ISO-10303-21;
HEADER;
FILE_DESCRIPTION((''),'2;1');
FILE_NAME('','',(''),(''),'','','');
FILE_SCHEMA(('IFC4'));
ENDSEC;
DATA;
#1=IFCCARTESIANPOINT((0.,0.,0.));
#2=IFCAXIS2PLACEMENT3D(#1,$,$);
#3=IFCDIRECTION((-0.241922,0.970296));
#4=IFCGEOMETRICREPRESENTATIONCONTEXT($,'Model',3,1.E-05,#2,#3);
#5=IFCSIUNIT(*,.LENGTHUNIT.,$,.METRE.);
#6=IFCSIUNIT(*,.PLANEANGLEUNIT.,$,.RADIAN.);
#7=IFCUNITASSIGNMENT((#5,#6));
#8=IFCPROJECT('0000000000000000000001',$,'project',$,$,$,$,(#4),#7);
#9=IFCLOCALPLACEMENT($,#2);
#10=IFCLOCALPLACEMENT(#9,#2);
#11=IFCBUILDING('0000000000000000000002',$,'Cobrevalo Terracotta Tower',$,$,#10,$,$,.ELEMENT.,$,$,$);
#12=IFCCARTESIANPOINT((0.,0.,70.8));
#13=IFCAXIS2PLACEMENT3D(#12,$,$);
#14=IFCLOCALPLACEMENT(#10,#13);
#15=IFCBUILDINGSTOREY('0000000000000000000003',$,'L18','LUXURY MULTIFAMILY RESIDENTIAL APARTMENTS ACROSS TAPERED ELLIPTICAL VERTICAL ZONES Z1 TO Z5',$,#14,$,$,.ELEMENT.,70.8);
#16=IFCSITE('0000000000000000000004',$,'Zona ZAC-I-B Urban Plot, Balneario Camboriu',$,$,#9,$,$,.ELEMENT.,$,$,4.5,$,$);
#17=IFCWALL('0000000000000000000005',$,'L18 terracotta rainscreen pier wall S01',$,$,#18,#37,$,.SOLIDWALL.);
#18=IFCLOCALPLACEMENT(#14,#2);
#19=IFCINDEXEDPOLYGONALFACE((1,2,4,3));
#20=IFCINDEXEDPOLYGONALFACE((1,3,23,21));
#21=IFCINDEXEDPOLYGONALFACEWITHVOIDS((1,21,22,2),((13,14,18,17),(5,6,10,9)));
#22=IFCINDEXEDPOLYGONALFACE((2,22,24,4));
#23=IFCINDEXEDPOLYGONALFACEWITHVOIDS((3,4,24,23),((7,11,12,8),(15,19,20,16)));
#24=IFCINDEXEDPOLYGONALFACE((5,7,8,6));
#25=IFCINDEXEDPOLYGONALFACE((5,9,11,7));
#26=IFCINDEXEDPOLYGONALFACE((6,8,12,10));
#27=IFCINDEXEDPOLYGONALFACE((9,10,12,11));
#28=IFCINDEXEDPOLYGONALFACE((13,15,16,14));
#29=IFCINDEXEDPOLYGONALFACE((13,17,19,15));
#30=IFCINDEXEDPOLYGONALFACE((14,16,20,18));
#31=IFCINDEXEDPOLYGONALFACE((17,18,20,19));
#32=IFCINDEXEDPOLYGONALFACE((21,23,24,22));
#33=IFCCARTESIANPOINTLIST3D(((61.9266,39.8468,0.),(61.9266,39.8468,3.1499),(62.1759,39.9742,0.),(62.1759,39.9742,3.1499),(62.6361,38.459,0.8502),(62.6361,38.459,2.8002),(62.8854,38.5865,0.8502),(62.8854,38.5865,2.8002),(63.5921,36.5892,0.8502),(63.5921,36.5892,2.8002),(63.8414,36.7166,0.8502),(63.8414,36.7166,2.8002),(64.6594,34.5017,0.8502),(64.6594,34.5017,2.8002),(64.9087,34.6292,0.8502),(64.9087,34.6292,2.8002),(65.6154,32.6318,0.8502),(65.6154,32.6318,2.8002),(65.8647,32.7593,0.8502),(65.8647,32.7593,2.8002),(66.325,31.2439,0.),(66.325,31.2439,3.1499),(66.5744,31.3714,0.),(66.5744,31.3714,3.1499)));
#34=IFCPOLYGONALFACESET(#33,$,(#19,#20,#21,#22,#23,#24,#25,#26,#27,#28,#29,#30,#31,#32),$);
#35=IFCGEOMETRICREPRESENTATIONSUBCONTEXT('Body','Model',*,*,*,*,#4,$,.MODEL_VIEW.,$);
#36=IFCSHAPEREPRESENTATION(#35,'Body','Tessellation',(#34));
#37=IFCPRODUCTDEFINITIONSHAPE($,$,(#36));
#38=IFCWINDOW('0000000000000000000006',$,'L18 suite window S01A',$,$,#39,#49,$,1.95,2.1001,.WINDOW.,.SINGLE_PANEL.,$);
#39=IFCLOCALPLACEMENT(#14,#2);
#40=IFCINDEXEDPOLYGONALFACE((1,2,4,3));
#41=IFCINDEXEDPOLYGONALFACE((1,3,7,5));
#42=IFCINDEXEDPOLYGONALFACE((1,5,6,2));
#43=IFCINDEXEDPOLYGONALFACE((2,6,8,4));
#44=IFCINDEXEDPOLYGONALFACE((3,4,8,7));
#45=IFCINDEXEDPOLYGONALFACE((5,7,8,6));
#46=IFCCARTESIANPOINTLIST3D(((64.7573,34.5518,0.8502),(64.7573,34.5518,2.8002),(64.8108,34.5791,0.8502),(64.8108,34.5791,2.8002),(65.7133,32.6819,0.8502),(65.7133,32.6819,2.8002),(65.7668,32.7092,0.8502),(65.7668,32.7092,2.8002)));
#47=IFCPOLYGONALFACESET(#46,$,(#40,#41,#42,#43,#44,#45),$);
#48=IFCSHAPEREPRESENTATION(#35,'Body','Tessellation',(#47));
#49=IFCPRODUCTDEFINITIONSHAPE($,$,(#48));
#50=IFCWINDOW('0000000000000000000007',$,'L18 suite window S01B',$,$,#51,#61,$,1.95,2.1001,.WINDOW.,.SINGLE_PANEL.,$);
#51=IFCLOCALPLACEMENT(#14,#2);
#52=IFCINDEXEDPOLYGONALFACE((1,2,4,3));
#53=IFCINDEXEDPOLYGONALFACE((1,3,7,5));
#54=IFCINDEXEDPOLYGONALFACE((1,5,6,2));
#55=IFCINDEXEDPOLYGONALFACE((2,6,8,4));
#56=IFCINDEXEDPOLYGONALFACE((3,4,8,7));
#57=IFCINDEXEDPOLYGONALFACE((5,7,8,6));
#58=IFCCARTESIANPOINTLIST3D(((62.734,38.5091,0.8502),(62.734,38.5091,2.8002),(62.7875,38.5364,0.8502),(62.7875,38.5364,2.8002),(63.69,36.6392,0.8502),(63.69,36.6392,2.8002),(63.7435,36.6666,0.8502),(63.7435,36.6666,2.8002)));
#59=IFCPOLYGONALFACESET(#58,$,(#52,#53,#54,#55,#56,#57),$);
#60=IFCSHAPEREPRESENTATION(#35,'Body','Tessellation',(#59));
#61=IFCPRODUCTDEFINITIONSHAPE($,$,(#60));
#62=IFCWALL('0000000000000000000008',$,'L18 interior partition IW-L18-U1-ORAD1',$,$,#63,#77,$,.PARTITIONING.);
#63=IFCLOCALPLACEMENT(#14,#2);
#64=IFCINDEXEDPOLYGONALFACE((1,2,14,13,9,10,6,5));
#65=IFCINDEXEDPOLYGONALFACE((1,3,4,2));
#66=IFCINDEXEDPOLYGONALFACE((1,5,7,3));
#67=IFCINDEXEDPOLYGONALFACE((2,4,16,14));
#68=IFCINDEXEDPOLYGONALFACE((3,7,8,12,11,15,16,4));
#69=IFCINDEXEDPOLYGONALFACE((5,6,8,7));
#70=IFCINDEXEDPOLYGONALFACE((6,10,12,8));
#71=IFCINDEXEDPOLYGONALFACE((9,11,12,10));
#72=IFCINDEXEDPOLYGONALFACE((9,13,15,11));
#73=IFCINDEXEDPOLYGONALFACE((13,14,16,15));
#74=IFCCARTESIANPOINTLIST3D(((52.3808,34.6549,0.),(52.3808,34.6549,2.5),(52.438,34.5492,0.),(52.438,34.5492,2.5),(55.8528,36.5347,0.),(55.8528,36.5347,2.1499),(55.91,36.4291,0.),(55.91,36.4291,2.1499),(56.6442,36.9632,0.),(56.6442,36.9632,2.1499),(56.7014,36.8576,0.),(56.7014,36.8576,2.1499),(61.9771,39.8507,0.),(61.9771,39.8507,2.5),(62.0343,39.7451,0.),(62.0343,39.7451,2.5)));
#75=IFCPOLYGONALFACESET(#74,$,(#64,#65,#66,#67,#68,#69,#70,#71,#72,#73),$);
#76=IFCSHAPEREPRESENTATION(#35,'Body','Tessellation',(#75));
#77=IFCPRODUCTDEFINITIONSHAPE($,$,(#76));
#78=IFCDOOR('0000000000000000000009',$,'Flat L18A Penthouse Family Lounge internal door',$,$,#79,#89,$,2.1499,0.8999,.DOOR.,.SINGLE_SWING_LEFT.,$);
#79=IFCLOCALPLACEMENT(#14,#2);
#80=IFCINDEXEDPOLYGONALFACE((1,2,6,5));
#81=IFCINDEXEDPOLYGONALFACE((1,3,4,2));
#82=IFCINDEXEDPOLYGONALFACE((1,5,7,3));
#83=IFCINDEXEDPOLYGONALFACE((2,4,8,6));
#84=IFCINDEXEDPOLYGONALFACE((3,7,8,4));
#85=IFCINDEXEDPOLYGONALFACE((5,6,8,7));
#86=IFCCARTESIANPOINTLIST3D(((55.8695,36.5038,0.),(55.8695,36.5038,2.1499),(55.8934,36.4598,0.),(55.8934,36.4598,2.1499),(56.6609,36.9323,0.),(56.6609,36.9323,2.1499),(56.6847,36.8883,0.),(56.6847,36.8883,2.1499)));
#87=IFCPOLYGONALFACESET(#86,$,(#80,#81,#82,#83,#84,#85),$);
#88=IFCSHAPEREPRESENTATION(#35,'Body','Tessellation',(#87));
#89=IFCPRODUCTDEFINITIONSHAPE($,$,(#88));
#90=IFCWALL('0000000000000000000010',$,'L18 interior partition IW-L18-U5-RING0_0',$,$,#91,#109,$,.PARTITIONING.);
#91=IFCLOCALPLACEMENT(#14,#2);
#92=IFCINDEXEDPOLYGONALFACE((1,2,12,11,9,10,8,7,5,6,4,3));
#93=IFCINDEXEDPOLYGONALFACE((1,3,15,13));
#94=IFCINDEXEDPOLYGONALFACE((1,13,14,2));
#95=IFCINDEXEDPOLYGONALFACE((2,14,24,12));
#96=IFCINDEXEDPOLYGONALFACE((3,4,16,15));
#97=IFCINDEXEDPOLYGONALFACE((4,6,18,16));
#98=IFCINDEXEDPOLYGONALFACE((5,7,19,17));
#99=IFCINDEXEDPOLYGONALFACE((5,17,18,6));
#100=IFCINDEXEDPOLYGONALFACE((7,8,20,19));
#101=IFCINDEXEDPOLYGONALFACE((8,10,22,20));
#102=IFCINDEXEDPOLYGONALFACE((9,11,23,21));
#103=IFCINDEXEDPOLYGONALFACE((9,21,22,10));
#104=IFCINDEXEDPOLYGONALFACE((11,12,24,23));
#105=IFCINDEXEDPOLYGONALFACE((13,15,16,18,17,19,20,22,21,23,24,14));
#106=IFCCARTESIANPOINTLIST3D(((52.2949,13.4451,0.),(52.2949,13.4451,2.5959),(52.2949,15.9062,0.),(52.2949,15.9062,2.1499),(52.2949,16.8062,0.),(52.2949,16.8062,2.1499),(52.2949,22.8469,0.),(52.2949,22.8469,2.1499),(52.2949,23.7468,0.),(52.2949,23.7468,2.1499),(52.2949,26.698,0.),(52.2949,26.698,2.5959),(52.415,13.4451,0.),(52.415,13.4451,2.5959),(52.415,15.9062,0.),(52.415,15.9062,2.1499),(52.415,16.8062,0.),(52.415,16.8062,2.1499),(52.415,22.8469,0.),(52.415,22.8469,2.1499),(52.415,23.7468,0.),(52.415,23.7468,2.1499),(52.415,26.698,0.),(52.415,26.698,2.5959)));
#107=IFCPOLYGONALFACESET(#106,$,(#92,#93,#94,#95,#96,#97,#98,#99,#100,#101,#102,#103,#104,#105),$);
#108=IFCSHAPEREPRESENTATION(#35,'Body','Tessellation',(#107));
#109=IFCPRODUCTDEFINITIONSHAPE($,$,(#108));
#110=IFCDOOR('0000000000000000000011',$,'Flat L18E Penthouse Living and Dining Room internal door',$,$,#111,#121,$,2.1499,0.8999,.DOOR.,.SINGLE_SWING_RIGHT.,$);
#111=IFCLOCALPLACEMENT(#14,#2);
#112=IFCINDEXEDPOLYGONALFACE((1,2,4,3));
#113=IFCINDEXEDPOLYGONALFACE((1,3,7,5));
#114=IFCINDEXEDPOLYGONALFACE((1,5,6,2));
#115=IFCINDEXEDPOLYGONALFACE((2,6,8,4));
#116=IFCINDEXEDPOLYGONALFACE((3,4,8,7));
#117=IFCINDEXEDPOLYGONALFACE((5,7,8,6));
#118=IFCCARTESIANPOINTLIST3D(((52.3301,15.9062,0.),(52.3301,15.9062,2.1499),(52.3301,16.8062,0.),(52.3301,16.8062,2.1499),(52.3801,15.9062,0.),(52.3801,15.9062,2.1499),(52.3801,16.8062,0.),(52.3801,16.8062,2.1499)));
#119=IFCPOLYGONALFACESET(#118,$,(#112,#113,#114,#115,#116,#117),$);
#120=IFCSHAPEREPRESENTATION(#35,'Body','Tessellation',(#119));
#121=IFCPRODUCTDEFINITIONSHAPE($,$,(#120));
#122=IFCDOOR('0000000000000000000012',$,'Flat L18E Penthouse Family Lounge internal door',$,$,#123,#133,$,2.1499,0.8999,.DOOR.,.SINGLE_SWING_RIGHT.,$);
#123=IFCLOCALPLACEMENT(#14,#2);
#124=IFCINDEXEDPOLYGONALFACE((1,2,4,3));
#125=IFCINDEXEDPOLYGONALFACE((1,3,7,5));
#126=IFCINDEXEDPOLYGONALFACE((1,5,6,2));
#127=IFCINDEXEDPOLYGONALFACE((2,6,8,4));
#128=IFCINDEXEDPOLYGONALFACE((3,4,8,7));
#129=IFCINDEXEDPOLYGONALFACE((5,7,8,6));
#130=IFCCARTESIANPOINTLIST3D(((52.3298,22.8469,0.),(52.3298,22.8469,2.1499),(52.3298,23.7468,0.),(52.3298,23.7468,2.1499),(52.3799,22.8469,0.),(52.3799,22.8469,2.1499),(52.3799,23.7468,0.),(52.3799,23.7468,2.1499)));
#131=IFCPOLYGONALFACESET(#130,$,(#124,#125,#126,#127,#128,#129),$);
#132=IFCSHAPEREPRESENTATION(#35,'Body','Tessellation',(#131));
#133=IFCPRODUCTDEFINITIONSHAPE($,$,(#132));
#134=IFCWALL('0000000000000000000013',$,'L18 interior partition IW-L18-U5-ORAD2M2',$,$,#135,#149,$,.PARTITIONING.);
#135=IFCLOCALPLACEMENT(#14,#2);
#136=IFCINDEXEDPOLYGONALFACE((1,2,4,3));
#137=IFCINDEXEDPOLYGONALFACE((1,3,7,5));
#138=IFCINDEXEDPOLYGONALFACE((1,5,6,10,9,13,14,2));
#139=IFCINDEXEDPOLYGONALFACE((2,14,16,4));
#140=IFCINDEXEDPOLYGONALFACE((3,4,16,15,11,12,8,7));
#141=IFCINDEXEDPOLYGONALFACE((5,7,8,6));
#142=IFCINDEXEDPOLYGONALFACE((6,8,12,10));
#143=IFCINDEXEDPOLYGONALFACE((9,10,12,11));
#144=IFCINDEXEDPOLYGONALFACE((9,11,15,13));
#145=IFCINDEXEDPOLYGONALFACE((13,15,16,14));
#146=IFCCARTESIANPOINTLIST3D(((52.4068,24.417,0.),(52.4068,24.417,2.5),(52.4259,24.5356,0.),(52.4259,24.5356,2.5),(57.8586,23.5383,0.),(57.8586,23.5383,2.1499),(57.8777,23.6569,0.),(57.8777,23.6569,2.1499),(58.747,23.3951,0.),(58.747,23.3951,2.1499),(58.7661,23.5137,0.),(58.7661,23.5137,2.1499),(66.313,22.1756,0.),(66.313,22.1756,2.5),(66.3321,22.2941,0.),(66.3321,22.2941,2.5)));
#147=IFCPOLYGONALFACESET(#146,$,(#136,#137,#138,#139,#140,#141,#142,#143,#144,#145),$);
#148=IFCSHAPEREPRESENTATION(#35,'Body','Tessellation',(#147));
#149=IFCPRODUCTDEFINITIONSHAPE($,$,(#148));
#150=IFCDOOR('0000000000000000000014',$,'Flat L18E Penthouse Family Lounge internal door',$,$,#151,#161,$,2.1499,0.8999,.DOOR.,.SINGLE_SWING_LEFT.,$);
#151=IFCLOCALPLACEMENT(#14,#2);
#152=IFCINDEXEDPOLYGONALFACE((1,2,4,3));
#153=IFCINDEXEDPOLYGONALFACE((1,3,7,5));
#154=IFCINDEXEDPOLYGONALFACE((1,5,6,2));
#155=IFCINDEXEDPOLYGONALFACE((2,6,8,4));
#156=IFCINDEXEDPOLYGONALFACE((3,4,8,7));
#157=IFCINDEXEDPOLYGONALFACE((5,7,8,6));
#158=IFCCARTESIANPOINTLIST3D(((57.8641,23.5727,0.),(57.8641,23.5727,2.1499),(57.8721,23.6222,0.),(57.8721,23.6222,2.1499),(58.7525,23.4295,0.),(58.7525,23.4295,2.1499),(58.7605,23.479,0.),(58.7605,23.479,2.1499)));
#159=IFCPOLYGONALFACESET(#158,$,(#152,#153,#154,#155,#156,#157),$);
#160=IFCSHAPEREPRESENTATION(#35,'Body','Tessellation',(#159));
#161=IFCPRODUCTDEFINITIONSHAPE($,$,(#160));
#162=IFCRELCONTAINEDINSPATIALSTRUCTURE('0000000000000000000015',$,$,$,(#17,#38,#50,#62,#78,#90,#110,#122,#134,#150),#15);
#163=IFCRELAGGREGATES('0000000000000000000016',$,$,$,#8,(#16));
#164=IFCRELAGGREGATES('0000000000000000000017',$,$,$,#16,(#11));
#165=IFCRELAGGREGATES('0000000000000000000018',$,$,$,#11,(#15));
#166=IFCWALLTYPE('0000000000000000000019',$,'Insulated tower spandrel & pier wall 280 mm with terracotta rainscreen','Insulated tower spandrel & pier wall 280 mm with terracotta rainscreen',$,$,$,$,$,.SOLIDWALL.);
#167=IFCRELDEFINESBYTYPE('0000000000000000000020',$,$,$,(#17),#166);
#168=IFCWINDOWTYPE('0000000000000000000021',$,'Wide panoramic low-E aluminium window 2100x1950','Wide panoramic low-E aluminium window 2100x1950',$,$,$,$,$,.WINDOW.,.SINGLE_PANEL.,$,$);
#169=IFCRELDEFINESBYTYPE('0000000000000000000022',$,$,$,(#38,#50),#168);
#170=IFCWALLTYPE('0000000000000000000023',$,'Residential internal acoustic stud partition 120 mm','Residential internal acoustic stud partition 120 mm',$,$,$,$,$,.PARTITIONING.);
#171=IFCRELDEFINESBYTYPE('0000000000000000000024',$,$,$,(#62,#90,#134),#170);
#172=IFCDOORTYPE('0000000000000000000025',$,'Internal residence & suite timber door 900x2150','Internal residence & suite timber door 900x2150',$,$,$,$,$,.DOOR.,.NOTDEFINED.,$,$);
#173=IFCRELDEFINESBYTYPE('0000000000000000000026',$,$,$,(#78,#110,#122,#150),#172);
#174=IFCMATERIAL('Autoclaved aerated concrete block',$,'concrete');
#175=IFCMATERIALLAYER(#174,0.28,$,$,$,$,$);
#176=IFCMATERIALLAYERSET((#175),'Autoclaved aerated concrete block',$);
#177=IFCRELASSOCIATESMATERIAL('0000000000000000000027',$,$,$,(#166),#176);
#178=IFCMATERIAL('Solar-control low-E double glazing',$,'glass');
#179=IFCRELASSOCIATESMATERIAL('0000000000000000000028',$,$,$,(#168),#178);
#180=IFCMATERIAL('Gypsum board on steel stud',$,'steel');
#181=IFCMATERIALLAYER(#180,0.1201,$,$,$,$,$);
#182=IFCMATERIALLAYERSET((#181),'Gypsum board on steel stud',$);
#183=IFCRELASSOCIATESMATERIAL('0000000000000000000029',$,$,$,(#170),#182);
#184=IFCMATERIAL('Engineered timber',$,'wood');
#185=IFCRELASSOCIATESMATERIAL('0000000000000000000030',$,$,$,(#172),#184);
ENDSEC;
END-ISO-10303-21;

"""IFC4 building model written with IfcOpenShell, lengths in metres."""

from ifc_helpers import new_model, si_unit, direction, frame, frame_2d, origin, place, context, subcontext, project, spatial, rectangle, extrude, source, transform, mapped, material, layer, layer_set, type_object, element, fill, save


model = new_model("IFC4")

# Units and contexts
model_context = context("Model", 3, precision=1e-05, world=origin(), true_north=direction((-0.241922, 0.970296)))
body_context = subcontext(model_context, "Body", "Model", "MODEL_VIEW")
ifc_project = project(units=[si_unit("LENGTHUNIT", "METRE"), si_unit("PLANEANGLEUNIT", "RADIAN")], contexts=[model_context])

# Site, building, storey
site_placement = place(None, origin())
site = spatial("IfcSite", under=ifc_project, at=site_placement, Name="Zona ZAC-I-B Urban Plot, Balneario Camboriu", CompositionType="ELEMENT", RefElevation=4.5)
building_placement = place(site_placement, origin())
building = spatial("IfcBuilding", under=site, at=building_placement, Name="Cobrevalo Terracotta Tower", CompositionType="ELEMENT")
storey_placement = place(building_placement, frame((0.0, 0.0, 70.8)))
storey = spatial("IfcBuildingStorey", under=building, at=storey_placement, Name="L18", Description="LUXURY MULTIFAMILY RESIDENTIAL APARTMENTS ACROSS TAPERED ELLIPTICAL VERTICAL ZONES Z1 TO Z5", CompositionType="ELEMENT", Elevation=70.8)

# Shared definitions
ifc_material_1 = material(Name="Solar-control low-E double glazing", Category="glass")

# Shared definitions
ifc_material_2 = material(Name="Autoclaved aerated concrete block", Category="concrete")

# Wall, openings, windows
ifc_layer_1 = layer(ifc_material_2, 0.28)
ifc_layer_set_1 = layer_set([ifc_layer_1], Name="Autoclaved aerated concrete block")
wall_type_1 = type_object("IfcWallType", Name="Insulated tower spandrel & pier wall 280 mm with terracotta rainscreen", Description="Insulated tower spandrel & pier wall 280 mm with terracotta rainscreen", PredefinedType="SOLIDWALL", material=ifc_layer_set_1)
wall_1_placement = place(storey_placement, frame((66.4497, 31.3076, 0.0), z_axis=(0.0, 0.0, 1.0), x_axis=(-0.455231, 0.890373, 0.0)))
wall_1 = element("IfcWall", 1, at=wall_1_placement, inside=storey, type_object=wall_type_1, Name="L18 terracotta rainscreen pier wall S01", PredefinedType="SOLIDWALL", context=body_context, shape_type="SweptSolid", body=[
    extrude(rectangle(XDim=9.6621, YDim=0.28, at=frame_2d((4.8311, 0.0))), origin(), (0.0, 0.0, 1.0), 3.1499),
])
opening_1_placement = place(wall_1_placement, frame((1.5588, 0.0, 0.8501)))
opening_1 = element("IfcOpeningElement", 2, at=opening_1_placement, cuts=wall_1, PredefinedType="OPENING", context=body_context, shape_type="SweptSolid", body=[
    extrude(rectangle(XDim=2.1001, YDim=1.95, at=frame_2d((1.05, 0.9751))), frame((0.0, 0.1499, 0.0), z_axis=(0.0, -1.0, 0.0), x_axis=(1.0, 0.0, 0.0)), (0.0, 0.0, 1.0), 0.3),
])
opening_2_placement = place(wall_1_placement, frame((6.0034, 0.0, 0.8501)))
opening_2 = element("IfcOpeningElement", 3, at=opening_2_placement, cuts=wall_1, PredefinedType="OPENING", context=body_context, shape_type="SweptSolid", body=[
    extrude(rectangle(XDim=2.1001, YDim=1.95, at=frame_2d((1.05, 0.9751))), frame((0.0, 0.1499, 0.0), z_axis=(0.0, -1.0, 0.0), x_axis=(1.0, 0.0, 0.0)), (0.0, 0.0, 1.0), 0.3),
])
window_type = type_object("IfcWindowType", Name="Wide panoramic low-E aluminium window 2100x1950", Description="Wide panoramic low-E aluminium window 2100x1950", PartitioningType="SINGLE_PANEL", PredefinedType="WINDOW", material=ifc_material_1)
shared_shape_1 = source(origin(), body_context, "Body", "SweptSolid", [
    extrude(rectangle(XDim=2.1001, YDim=1.95, at=frame_2d((1.05, 0.9751))), frame((0.0, 0.03, 0.0), z_axis=(0.0, -1.0, 0.0), x_axis=(1.0, 0.0, 0.0)), (0.0, 0.0, 1.0), 0.0601),
])
window_1_placement = place(opening_1_placement, origin())
window_1 = element("IfcWindow", 4, at=window_1_placement, inside=storey, type_object=window_type, Name="L18 suite window S01A", OverallHeight=1.95, OverallWidth=2.1001, PartitioningType="SINGLE_PANEL", PredefinedType="WINDOW", context=body_context, shape_type="MappedRepresentation", body=[
    mapped(shared_shape_1, transform((0.0, 0.0, 0.0), scale=1.0)),
])
fill(opening_1, window_1)
window_2_placement = place(opening_2_placement, origin())
window_2 = element("IfcWindow", 5, at=window_2_placement, inside=storey, type_object=window_type, Name="L18 suite window S01B", OverallHeight=1.95, OverallWidth=2.1001, PartitioningType="SINGLE_PANEL", PredefinedType="WINDOW", context=body_context, shape_type="MappedRepresentation", body=[
    mapped(shared_shape_1, transform((0.0, 0.0, 0.0), scale=1.0)),
])
fill(opening_2, window_2)

# Wall, opening, door
ifc_material_3 = material(Name="Gypsum board on steel stud", Category="steel")
ifc_layer_2 = layer(ifc_material_3, 0.1201)
ifc_layer_set_2 = layer_set([ifc_layer_2], Name="Gypsum board on steel stud")
wall_type_2 = type_object("IfcWallType", Name="Residential internal acoustic stud partition 120 mm", Description="Residential internal acoustic stud partition 120 mm", PredefinedType="PARTITIONING", material=ifc_layer_set_2)
wall_2_placement = place(storey_placement, frame((52.4094, 34.6021, 0.0), z_axis=(0.0, 0.0, 1.0), x_axis=(0.879374, 0.476132, 0.0)))
wall_2 = element("IfcWall", 6, at=wall_2_placement, inside=storey, type_object=wall_type_2, Name="L18 interior partition IW-L18-U1-ORAD1", PredefinedType="PARTITIONING", context=body_context, shape_type="SweptSolid", body=[
    extrude(rectangle(XDim=10.9126, YDim=0.1201, at=frame_2d((5.4563, 0.0))), origin(), (0.0, 0.0, 1.0), 2.5),
])
opening_3_placement = place(wall_2_placement, frame((3.9482, 0.0, 0.0)))
opening_3 = element("IfcOpeningElement", 7, at=opening_3_placement, cuts=wall_2, PredefinedType="OPENING", context=body_context, shape_type="SweptSolid", body=[
    extrude(rectangle(XDim=0.8999, YDim=2.1499, at=frame_2d((0.45, 1.075))), frame((0.0, 0.0701, 0.0), z_axis=(0.0, -1.0, 0.0), x_axis=(1.0, 0.0, 0.0)), (0.0, 0.0, 1.0), 0.1401),
])
ifc_material_4 = material(Name="Engineered timber", Category="wood")
door_type_1 = type_object("IfcDoorType", Name="Internal residence & suite timber door 900x2150", Description="Internal residence & suite timber door 900x2150", OperationType="NOTDEFINED", PredefinedType="DOOR", material=ifc_material_4)
shared_shape_2 = source(origin(), body_context, "Body", "SweptSolid", [
    extrude(rectangle(XDim=0.8999, YDim=2.1499, at=frame_2d((0.45, 1.075))), frame((0.0, 0.0249, 0.0), z_axis=(0.0, -1.0, 0.0), x_axis=(1.0, 0.0, 0.0)), (0.0, 0.0, 1.0), 0.05),
])
door_1_placement = place(opening_3_placement, origin())
door_1 = element("IfcDoor", 8, at=door_1_placement, inside=storey, type_object=door_type_1, Name="Flat L18A Penthouse Family Lounge internal door", OperationType="SINGLE_SWING_LEFT", OverallHeight=2.1499, OverallWidth=0.8999, PredefinedType="DOOR", context=body_context, shape_type="MappedRepresentation", body=[
    mapped(shared_shape_2, transform((0.0, 0.0, 0.0), scale=1.0)),
])
fill(opening_3, door_1)

# Wall, openings, doors
wall_3_placement = place(storey_placement, frame((52.355, 26.698, 0.0), z_axis=(0.0, 0.0, 1.0), x_axis=(0.0, -1.0, 0.0)))
wall_3 = element("IfcWall", 9, at=wall_3_placement, inside=storey, type_object=wall_type_2, Name="L18 interior partition IW-L18-U5-RING0_0", PredefinedType="PARTITIONING", context=body_context, shape_type="SweptSolid", body=[
    extrude(rectangle(XDim=13.2529, YDim=0.1201, at=frame_2d((6.6265, 0.0))), origin(), (0.0, 0.0, 1.0), 2.5959),
])
opening_4_placement = place(wall_3_placement, frame((9.8918, 0.0, 0.0)))
opening_4 = element("IfcOpeningElement", 10, at=opening_4_placement, cuts=wall_3, PredefinedType="OPENING", context=body_context, shape_type="SweptSolid", body=[
    extrude(rectangle(XDim=0.8999, YDim=2.1499, at=frame_2d((0.45, 1.075))), frame((0.0, 0.0701, 0.0), z_axis=(0.0, -1.0, 0.0), x_axis=(1.0, 0.0, 0.0)), (0.0, 0.0, 1.0), 0.1401),
])
opening_5_placement = place(wall_3_placement, frame((2.9512, 0.0, 0.0)))
opening_5 = element("IfcOpeningElement", 11, at=opening_5_placement, cuts=wall_3, PredefinedType="OPENING", context=body_context, shape_type="SweptSolid", body=[
    extrude(rectangle(XDim=0.8999, YDim=2.1499, at=frame_2d((0.45, 1.075))), frame((0.0, 0.0701, 0.0), z_axis=(0.0, -1.0, 0.0), x_axis=(1.0, 0.0, 0.0)), (0.0, 0.0, 1.0), 0.1401),
])
door_2_placement = place(opening_4_placement, frame((0.8999, 0.0, 0.0), z_axis=(0.0, 0.0, 1.0), x_axis=(-1.0, 0.0, 0.0)))
door_2 = element("IfcDoor", 12, at=door_2_placement, inside=storey, type_object=door_type_1, Name="Flat L18E Penthouse Living and Dining Room internal door", OperationType="SINGLE_SWING_RIGHT", OverallHeight=2.1499, OverallWidth=0.8999, PredefinedType="DOOR", context=body_context, shape_type="MappedRepresentation", body=[
    mapped(shared_shape_2, transform((0.0, 0.0, 0.0), scale=1.0)),
])
fill(opening_4, door_2)
door_3_placement = place(opening_5_placement, origin())
door_3 = element("IfcDoor", 13, at=door_3_placement, inside=storey, type_object=door_type_1, Name="Flat L18E Penthouse Family Lounge internal door", OperationType="SINGLE_SWING_RIGHT", OverallHeight=2.1499, OverallWidth=0.8999, PredefinedType="DOOR", context=body_context, shape_type="MappedRepresentation", body=[
    mapped(shared_shape_2, transform((0.0, 0.0, 0.0), scale=1.0)),
])
fill(opening_5, door_3)

# Wall, opening, door
wall_4_placement = place(storey_placement, frame((52.4163, 24.4763, 0.0), z_axis=(0.0, 0.0, 1.0), x_axis=(0.987258, -0.159129, 0.0)))
wall_4 = element("IfcWall", 14, at=wall_4_placement, inside=storey, type_object=wall_type_2, Name="L18 interior partition IW-L18-U5-ORAD2M2", PredefinedType="PARTITIONING", context=body_context, shape_type="SweptSolid", body=[
    extrude(rectangle(XDim=14.0857, YDim=0.1201, at=frame_2d((7.043, 0.0))), origin(), (0.0, 0.0, 1.0), 2.5),
])
opening_6_placement = place(wall_4_placement, frame((5.5222, 0.0, 0.0)))
opening_6 = element("IfcOpeningElement", 15, at=opening_6_placement, cuts=wall_4, PredefinedType="OPENING", context=body_context, shape_type="SweptSolid", body=[
    extrude(rectangle(XDim=0.8999, YDim=2.1499, at=frame_2d((0.45, 1.075))), frame((0.0, 0.0701, 0.0), z_axis=(0.0, -1.0, 0.0), x_axis=(1.0, 0.0, 0.0)), (0.0, 0.0, 1.0), 0.1401),
])
door_4_placement = place(opening_6_placement, origin())
door_4 = element("IfcDoor", 16, at=door_4_placement, inside=storey, type_object=door_type_1, Name="Flat L18E Penthouse Family Lounge internal door", OperationType="SINGLE_SWING_LEFT", OverallHeight=2.1499, OverallWidth=0.8999, PredefinedType="DOOR", context=body_context, shape_type="MappedRepresentation", body=[
    mapped(shared_shape_2, transform((0.0, 0.0, 0.0), scale=1.0)),
])
fill(opening_6, door_4)

save(model, "model.ifc")
